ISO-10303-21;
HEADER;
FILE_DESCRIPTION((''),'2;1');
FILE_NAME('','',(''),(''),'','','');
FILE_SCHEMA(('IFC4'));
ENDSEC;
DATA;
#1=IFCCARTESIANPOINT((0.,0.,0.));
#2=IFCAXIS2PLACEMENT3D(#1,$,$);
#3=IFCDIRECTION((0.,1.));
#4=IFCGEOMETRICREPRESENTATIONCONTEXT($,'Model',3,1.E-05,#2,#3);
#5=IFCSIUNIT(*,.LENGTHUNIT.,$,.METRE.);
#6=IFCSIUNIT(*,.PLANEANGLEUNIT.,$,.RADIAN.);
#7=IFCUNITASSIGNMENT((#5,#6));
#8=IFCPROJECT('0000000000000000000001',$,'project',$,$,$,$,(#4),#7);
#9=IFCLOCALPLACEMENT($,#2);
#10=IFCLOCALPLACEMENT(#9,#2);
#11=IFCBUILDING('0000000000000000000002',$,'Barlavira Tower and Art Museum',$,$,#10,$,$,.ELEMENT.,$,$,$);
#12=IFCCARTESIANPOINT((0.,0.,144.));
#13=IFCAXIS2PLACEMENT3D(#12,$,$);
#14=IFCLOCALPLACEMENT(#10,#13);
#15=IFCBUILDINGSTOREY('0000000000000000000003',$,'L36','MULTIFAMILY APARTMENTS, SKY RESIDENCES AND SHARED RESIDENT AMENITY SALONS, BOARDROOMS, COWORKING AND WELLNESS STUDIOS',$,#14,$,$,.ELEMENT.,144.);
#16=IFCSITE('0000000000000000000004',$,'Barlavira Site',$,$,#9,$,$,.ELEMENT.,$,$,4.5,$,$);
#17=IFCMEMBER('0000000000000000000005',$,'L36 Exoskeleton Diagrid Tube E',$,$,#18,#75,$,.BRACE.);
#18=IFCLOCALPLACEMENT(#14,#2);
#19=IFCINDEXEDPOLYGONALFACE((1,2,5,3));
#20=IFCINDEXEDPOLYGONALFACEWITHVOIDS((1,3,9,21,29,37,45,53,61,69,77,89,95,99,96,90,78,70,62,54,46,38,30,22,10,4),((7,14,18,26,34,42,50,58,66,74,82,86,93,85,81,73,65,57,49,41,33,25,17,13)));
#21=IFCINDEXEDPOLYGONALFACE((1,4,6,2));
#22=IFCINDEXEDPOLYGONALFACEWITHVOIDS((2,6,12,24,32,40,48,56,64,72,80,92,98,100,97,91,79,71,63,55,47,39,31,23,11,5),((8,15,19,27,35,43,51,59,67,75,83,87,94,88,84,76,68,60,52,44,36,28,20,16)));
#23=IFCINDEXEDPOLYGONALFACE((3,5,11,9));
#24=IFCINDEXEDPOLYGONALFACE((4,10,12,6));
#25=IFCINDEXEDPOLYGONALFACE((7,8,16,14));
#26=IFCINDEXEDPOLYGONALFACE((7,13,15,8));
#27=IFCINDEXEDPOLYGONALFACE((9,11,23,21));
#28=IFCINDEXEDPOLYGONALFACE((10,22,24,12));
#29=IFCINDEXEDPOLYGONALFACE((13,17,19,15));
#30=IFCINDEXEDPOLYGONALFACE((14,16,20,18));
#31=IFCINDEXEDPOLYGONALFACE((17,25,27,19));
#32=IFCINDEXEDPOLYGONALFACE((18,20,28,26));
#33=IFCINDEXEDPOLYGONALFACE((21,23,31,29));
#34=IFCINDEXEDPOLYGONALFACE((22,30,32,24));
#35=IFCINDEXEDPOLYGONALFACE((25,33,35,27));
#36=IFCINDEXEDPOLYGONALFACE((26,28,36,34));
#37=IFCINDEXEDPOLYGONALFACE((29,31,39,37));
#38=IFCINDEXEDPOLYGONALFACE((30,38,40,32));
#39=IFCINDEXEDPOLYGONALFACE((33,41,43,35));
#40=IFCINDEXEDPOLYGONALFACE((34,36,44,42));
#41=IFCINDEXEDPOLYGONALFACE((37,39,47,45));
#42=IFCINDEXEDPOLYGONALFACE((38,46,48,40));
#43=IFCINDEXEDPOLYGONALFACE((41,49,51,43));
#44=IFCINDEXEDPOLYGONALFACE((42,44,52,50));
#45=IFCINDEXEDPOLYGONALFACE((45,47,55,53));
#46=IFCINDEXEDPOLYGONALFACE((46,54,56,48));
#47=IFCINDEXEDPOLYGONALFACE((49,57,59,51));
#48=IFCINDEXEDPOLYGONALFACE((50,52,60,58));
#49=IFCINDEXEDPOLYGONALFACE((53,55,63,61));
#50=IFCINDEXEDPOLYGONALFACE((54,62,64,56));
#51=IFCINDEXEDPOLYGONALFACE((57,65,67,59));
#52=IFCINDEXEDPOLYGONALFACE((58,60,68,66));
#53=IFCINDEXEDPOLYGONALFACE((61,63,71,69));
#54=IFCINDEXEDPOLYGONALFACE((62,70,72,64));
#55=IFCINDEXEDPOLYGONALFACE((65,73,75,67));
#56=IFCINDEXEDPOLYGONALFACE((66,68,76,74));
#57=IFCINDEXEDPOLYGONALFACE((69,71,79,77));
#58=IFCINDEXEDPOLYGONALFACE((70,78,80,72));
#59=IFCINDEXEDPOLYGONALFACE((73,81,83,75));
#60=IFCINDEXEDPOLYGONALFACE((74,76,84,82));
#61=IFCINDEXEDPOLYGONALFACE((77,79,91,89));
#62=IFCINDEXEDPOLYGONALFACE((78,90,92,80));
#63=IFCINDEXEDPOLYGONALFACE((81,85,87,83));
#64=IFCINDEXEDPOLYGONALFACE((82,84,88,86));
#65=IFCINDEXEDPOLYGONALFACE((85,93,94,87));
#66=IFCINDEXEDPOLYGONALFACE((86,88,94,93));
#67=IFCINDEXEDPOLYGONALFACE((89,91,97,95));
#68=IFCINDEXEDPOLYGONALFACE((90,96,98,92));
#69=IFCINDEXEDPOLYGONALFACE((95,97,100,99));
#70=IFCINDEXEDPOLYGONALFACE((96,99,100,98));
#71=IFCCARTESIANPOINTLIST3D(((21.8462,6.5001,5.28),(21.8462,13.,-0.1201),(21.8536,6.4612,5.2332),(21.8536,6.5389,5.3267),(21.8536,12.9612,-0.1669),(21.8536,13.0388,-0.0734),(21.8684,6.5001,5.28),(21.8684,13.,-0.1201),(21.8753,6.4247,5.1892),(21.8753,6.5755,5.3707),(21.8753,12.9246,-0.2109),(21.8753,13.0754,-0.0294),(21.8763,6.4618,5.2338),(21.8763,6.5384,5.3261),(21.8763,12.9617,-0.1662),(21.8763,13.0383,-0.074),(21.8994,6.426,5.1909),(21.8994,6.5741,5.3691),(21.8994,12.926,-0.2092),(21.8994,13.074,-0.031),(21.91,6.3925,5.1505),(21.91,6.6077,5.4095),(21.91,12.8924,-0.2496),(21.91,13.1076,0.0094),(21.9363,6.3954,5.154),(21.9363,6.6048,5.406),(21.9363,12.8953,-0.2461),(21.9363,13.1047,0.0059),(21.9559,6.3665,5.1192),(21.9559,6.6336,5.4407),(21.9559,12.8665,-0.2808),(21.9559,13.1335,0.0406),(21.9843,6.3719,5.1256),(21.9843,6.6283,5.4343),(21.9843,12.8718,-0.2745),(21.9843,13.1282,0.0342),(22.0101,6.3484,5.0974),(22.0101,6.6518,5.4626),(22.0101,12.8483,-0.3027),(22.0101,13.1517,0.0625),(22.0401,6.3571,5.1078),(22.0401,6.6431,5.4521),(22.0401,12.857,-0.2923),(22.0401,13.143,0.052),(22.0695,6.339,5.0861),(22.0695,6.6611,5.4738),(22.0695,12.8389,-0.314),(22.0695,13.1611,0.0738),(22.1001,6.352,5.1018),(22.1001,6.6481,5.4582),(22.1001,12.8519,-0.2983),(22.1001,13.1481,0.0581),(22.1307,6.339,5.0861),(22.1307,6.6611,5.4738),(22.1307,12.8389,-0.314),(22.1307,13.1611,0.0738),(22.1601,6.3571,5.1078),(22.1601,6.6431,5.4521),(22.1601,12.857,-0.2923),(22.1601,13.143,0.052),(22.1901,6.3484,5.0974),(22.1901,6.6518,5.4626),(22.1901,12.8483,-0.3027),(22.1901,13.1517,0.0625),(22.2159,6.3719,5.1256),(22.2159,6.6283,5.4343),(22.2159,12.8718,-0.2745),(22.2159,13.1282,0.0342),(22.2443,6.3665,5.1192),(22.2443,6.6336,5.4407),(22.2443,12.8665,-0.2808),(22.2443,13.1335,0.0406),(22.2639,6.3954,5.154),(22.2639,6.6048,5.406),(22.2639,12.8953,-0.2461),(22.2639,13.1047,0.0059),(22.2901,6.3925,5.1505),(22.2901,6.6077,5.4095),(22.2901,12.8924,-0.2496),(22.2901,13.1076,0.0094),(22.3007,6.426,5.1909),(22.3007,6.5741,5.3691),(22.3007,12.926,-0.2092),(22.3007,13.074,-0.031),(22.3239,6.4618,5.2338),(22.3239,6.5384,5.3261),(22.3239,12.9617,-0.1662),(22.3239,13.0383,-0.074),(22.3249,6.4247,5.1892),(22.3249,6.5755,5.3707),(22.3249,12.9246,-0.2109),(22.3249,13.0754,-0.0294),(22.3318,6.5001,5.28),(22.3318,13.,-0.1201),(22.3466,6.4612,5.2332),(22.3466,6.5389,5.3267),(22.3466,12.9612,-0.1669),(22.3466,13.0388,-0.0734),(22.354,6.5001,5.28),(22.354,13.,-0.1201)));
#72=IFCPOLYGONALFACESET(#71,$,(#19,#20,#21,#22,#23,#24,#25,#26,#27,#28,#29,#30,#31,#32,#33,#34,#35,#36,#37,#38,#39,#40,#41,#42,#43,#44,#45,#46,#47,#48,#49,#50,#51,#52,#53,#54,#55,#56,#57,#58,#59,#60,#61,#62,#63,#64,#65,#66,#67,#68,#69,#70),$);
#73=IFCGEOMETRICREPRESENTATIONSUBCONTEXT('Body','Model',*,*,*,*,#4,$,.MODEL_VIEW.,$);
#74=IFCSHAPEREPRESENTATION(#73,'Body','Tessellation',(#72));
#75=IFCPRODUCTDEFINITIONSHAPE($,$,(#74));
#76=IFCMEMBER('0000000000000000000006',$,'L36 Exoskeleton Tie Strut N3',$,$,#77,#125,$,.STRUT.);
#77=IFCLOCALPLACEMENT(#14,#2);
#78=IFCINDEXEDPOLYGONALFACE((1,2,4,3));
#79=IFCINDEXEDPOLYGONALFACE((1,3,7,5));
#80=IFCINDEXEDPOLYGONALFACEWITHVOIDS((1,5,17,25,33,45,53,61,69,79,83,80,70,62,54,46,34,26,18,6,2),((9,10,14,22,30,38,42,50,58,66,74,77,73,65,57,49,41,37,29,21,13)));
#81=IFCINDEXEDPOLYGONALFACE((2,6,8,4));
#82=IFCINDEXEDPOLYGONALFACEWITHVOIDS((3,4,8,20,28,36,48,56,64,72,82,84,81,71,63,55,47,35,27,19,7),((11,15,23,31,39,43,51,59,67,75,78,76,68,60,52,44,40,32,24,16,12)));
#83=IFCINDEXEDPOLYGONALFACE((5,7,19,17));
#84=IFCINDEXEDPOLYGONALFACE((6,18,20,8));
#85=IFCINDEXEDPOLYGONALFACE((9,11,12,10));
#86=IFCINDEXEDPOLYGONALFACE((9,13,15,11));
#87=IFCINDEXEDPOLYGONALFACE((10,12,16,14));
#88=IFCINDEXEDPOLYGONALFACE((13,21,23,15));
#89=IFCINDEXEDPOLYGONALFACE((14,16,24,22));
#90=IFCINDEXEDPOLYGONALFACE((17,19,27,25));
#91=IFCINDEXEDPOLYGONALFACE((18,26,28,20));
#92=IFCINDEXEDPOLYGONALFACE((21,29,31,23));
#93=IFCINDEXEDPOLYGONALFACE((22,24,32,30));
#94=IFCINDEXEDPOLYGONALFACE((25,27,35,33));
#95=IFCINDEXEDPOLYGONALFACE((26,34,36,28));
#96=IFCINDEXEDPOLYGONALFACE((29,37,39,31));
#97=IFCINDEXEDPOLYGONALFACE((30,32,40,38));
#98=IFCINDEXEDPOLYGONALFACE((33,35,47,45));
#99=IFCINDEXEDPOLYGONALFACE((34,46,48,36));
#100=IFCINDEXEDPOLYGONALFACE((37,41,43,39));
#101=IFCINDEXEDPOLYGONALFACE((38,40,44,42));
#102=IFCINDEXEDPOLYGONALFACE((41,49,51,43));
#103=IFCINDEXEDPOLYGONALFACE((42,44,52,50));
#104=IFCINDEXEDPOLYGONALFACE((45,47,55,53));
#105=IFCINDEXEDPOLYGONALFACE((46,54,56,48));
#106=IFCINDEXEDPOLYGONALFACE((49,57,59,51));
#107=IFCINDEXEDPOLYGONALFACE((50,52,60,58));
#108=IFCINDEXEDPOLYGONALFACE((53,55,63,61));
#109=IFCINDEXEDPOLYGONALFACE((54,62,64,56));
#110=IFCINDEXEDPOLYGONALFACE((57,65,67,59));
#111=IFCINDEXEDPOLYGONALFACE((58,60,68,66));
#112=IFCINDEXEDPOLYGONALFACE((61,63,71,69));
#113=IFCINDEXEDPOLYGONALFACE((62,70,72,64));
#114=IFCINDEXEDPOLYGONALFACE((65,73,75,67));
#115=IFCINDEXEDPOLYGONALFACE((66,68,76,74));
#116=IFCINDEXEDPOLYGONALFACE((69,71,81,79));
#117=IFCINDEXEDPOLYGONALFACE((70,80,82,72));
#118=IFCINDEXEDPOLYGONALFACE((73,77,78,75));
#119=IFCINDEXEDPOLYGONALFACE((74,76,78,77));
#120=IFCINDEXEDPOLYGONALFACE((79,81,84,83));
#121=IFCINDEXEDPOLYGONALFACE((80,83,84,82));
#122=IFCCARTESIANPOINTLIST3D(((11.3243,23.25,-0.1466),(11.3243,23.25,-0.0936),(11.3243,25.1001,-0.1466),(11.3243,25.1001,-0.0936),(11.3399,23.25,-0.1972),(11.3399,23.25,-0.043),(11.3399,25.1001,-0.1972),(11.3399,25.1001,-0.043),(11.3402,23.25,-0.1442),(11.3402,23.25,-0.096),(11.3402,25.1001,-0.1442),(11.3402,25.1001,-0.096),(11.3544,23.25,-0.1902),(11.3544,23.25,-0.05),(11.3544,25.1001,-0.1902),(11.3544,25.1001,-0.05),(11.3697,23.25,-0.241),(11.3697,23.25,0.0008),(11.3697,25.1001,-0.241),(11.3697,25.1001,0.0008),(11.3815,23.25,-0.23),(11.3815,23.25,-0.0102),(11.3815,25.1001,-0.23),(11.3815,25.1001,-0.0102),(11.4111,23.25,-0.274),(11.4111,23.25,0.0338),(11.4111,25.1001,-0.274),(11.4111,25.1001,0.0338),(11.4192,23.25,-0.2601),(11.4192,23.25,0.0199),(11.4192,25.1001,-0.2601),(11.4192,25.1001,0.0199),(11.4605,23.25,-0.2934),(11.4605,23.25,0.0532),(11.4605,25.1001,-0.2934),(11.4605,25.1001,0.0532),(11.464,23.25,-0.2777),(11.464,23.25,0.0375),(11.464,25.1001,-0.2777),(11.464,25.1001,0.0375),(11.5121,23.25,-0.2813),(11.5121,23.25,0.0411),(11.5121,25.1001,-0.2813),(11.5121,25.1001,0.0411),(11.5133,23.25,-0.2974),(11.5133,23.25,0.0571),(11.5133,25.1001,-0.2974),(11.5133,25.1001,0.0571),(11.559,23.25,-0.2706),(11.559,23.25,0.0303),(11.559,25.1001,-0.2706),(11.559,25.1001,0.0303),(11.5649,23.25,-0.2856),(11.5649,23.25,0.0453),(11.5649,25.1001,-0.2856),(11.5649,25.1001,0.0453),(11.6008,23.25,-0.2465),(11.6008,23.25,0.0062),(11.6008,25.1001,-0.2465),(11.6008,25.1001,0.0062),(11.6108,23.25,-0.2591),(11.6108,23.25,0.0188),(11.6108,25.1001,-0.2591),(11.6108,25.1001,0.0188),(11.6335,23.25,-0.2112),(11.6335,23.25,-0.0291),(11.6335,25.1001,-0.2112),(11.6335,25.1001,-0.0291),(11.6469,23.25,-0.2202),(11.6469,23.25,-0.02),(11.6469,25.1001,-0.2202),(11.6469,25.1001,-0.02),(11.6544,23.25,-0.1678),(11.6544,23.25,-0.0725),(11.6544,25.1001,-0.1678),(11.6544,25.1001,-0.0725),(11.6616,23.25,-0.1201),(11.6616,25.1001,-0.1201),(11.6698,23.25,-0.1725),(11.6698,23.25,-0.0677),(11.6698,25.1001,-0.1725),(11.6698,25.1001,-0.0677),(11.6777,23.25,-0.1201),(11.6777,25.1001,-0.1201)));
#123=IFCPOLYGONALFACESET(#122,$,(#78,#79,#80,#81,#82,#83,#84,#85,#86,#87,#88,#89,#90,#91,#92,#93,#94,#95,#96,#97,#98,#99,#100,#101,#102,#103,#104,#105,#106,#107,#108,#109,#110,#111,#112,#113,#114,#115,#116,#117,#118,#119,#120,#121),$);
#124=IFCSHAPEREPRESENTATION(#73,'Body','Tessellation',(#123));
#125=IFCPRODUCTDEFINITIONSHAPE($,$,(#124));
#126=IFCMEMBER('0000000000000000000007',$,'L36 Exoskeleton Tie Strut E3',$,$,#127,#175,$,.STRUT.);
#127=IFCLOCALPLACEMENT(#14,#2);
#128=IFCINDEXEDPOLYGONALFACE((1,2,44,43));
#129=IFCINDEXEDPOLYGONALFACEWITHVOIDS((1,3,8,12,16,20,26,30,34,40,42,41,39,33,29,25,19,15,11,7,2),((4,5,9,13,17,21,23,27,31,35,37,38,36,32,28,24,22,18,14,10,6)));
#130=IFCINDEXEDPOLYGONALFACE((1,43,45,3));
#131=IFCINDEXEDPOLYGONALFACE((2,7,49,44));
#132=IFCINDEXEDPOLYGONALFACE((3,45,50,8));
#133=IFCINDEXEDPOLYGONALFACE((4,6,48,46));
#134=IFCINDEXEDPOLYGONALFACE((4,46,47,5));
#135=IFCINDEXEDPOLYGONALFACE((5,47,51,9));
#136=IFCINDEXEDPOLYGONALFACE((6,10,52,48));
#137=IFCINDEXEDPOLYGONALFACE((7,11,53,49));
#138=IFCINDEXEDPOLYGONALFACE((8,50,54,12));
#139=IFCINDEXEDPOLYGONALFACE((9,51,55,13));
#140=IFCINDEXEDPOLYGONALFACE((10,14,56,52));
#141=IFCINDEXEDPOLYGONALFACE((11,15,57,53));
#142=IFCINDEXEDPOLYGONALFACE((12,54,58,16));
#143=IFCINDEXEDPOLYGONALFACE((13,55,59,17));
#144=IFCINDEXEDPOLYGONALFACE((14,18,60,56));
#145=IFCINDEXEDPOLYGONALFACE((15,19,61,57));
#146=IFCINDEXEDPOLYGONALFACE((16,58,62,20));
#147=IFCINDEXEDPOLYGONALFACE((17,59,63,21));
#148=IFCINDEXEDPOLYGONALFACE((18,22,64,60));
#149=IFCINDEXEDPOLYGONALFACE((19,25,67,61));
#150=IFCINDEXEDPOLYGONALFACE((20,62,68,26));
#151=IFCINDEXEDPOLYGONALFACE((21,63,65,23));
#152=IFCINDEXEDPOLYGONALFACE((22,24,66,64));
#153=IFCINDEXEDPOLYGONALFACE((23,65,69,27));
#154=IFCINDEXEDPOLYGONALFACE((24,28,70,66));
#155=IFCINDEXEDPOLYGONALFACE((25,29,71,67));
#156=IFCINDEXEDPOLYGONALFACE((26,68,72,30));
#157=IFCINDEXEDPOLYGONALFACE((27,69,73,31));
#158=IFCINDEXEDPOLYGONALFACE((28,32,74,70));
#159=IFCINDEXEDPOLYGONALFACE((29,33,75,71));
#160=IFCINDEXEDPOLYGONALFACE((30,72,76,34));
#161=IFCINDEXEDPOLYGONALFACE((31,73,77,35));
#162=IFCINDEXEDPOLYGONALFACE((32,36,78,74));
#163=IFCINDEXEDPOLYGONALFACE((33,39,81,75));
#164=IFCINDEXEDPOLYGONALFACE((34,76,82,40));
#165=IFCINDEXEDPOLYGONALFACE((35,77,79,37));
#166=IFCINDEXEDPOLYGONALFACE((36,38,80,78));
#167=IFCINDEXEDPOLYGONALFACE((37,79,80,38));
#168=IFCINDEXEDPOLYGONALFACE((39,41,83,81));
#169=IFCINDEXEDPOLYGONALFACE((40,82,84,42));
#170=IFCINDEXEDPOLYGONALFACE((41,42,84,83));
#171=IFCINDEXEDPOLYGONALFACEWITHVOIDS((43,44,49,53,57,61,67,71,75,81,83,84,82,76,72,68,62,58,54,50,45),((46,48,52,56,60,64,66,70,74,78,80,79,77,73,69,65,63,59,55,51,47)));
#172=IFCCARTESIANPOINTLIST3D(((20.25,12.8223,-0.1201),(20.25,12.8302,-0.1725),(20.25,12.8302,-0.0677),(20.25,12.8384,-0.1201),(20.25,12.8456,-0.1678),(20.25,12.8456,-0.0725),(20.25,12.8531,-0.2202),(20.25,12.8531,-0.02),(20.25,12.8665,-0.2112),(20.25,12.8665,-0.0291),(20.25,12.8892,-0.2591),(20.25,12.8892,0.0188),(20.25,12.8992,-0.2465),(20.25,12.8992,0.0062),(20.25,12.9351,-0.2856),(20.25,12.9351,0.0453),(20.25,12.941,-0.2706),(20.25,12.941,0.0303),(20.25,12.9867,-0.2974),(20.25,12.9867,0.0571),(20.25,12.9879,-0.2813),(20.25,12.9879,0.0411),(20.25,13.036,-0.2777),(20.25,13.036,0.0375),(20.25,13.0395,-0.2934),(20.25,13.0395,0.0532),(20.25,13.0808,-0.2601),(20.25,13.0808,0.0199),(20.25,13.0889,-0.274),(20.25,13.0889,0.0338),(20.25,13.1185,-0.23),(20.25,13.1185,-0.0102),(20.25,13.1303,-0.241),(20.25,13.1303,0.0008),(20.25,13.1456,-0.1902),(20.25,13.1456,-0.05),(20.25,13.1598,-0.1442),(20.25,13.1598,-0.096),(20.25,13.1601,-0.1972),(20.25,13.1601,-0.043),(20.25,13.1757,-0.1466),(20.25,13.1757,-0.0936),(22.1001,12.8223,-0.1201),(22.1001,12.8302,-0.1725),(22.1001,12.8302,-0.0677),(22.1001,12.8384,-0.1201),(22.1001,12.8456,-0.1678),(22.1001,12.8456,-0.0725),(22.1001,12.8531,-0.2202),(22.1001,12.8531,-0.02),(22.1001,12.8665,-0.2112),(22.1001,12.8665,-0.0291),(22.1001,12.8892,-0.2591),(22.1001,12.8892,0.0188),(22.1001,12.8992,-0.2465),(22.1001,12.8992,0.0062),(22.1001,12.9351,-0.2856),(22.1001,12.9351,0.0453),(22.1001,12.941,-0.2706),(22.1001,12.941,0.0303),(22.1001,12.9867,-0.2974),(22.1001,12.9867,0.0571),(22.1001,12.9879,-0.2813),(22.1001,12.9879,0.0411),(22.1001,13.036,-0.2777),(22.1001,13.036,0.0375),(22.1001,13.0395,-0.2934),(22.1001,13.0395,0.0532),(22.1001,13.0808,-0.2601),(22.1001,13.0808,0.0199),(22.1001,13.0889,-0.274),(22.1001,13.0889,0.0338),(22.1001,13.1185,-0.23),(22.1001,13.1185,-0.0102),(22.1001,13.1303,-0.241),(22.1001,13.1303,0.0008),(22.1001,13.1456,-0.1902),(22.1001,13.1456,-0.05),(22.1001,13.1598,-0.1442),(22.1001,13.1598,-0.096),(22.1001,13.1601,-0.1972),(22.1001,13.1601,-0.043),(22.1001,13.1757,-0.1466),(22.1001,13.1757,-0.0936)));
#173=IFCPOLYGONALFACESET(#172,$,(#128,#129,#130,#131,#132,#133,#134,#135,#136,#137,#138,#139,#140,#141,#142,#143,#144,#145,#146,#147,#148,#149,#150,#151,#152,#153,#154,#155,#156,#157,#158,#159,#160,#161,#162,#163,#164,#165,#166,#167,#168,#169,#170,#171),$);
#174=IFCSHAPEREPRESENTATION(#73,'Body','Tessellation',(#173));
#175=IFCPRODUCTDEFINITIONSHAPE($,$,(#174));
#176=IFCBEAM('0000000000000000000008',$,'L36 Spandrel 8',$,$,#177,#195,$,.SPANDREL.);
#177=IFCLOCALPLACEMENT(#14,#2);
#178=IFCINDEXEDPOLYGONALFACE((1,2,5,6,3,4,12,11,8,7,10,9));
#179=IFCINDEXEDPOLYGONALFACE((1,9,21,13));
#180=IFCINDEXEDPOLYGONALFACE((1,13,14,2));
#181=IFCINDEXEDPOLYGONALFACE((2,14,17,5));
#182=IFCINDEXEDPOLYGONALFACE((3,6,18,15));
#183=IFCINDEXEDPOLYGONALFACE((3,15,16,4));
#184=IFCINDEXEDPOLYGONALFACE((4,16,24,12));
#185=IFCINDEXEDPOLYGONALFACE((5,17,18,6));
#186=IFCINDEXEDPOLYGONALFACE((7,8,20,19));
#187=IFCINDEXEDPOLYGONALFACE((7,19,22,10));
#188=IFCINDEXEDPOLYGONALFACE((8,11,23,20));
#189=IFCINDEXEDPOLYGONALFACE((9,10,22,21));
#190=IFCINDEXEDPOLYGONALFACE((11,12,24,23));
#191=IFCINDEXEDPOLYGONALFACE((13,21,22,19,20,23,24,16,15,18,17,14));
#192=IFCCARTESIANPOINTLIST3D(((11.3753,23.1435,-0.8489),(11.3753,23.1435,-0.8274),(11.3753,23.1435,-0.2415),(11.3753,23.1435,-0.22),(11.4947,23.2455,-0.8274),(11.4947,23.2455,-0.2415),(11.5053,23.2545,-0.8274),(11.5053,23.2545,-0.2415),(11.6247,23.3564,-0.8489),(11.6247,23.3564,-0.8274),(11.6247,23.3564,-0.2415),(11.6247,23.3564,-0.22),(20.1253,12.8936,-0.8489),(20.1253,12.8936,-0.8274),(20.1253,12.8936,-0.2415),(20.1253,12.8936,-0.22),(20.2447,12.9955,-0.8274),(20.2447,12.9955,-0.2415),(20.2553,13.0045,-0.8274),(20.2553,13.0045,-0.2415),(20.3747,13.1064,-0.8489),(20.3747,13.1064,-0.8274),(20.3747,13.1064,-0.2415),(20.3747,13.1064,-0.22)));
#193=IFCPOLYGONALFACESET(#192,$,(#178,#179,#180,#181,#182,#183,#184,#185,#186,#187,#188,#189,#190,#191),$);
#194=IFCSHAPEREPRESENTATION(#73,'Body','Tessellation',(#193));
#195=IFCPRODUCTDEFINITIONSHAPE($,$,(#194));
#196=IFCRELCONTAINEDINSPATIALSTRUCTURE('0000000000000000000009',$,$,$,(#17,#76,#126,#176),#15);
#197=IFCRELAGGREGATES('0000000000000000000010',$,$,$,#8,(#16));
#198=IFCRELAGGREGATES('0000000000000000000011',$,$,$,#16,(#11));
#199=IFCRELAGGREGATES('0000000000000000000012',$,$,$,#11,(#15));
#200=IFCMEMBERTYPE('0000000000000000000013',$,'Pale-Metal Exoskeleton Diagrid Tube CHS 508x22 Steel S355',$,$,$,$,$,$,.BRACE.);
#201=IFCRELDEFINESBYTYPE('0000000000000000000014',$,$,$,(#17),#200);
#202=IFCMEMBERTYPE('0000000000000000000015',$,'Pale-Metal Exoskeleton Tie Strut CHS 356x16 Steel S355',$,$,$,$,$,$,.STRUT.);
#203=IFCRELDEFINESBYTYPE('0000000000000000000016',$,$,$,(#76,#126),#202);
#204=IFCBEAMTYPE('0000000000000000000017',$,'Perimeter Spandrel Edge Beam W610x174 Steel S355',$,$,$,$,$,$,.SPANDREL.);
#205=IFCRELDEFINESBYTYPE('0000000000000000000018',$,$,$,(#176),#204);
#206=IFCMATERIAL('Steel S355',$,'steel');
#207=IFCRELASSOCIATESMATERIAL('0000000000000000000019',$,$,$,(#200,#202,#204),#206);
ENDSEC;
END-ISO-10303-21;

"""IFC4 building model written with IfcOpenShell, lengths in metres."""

from ifc_helpers import new_model, si_unit, direction, frame, origin, origin_2d, place, context, subcontext, project, spatial, hollow_circle, i_section, extrude, material, material_profile, profile_set, type_object, element, save


model = new_model("IFC4")

# Units and contexts
model_context = context("Model", 3, precision=1e-05, world=origin(), true_north=direction((0.0, 1.0)))
body_context = subcontext(model_context, "Body", "Model", "MODEL_VIEW")
ifc_project = project(units=[si_unit("LENGTHUNIT", "METRE"), si_unit("PLANEANGLEUNIT", "RADIAN")], contexts=[model_context])

# Site, building, storey
site_placement = place(None, origin())
site = spatial("IfcSite", under=ifc_project, at=site_placement, Name="Barlavira Site", CompositionType="ELEMENT", RefElevation=4.5)
building_placement = place(site_placement, origin())
building = spatial("IfcBuilding", under=site, at=building_placement, Name="Barlavira Tower and Art Museum", CompositionType="ELEMENT")
storey_placement = place(building_placement, frame((0.0, 0.0, 144.0)))
storey = spatial("IfcBuildingStorey", under=building, at=storey_placement, Name="L36", Description="MULTIFAMILY APARTMENTS, SKY RESIDENCES AND SHARED RESIDENT AMENITY SALONS, BOARDROOMS, COWORKING AND WELLNESS STUDIOS", CompositionType="ELEMENT", Elevation=144.0)

# Members
ifc_material_1 = material(Name="Steel S355", Category="steel")
ifc_material_profile_1 = material_profile(ifc_material_1, hollow_circle(Radius=0.2539, WallThickness=0.0222, at=origin_2d()), Name="CHS 508.0x22.2")
ifc_profile_set_1 = profile_set([ifc_material_profile_1], Name="Steel S355")
member_type_1 = type_object("IfcMemberType", Name="Pale-Metal Exoskeleton Diagrid Tube CHS 508x22 Steel S355", PredefinedType="BRACE", material=ifc_profile_set_1)
member_1_placement = place(storey_placement, frame((22.1001, 13.0, -0.1201), z_axis=(0.0, -0.769182, 0.63903), x_axis=(1.0, 0.0, 0.0)))
element("IfcMember", 1, at=member_1_placement, inside=storey, type_object=member_type_1, Name="L36 Exoskeleton Diagrid Tube E", PredefinedType="BRACE", context=body_context, shape_type="SweptSolid", body=[
    extrude(hollow_circle(Radius=0.2539, WallThickness=0.0222, at=origin_2d()), origin(), (0.0, 0.0, 1.0), 8.4504),
])
ifc_material_profile_2 = material_profile(ifc_material_1, hollow_circle(Radius=0.1777, WallThickness=0.0161, at=origin_2d()), Name="CHS 355.6x16.0")
ifc_profile_set_2 = profile_set([ifc_material_profile_2], Name="Steel S355")
member_type_2 = type_object("IfcMemberType", Name="Pale-Metal Exoskeleton Tie Strut CHS 356x16 Steel S355", PredefinedType="STRUT", material=ifc_profile_set_2)
for number, where, z_axis, x_axis, name in (
    (2, (11.5, 25.1001, -0.1201), (0.0, -1.0, 0.0), (1.0, 0.0, 0.0), "L36 Exoskeleton Tie Strut N3"),
    (3, (22.1001, 13.0, -0.1201), (-1.0, 0.0, 0.0), (0.0, -1.0, 0.0), "L36 Exoskeleton Tie Strut E3"),
):
    element("IfcMember", number, at=place(storey_placement, frame(where, z_axis=z_axis, x_axis=x_axis)), inside=storey, type_object=member_type_2, Name=name, PredefinedType="STRUT", context=body_context, shape_type="SweptSolid", body=[
        extrude(hollow_circle(Radius=0.1777, WallThickness=0.0161, at=origin_2d()), origin(), (0.0, 0.0, 1.0), 1.8501),
    ])

# Beam
ifc_material_profile_3 = material_profile(ifc_material_1, i_section(OverallWidth=0.3279, OverallDepth=0.6289, WebThickness=0.0139, FlangeThickness=0.0215, at=origin_2d()), Name="W610x174.0")
ifc_profile_set_3 = profile_set([ifc_material_profile_3], Name="Steel S355")
beam_type_1 = type_object("IfcBeamType", Name="Perimeter Spandrel Edge Beam W610x174 Steel S355", PredefinedType="SPANDREL", material=ifc_profile_set_3)
beam_1_placement = place(storey_placement, frame((20.25, 13.0, -0.5344), z_axis=(-0.649262, 0.760565, 0.0), x_axis=(-0.760565, -0.649262, 0.0)))
element("IfcBeam", 4, at=beam_1_placement, inside=storey, type_object=beam_type_1, Name="L36 Spandrel 8", PredefinedType="SPANDREL", context=body_context, shape_type="SweptSolid", body=[
    extrude(i_section(OverallWidth=0.3279, OverallDepth=0.6289, WebThickness=0.0139, FlangeThickness=0.0215, at=origin_2d()), origin(), (0.0, 0.0, 1.0), 13.4768),
])

save(model, "model.ifc")
